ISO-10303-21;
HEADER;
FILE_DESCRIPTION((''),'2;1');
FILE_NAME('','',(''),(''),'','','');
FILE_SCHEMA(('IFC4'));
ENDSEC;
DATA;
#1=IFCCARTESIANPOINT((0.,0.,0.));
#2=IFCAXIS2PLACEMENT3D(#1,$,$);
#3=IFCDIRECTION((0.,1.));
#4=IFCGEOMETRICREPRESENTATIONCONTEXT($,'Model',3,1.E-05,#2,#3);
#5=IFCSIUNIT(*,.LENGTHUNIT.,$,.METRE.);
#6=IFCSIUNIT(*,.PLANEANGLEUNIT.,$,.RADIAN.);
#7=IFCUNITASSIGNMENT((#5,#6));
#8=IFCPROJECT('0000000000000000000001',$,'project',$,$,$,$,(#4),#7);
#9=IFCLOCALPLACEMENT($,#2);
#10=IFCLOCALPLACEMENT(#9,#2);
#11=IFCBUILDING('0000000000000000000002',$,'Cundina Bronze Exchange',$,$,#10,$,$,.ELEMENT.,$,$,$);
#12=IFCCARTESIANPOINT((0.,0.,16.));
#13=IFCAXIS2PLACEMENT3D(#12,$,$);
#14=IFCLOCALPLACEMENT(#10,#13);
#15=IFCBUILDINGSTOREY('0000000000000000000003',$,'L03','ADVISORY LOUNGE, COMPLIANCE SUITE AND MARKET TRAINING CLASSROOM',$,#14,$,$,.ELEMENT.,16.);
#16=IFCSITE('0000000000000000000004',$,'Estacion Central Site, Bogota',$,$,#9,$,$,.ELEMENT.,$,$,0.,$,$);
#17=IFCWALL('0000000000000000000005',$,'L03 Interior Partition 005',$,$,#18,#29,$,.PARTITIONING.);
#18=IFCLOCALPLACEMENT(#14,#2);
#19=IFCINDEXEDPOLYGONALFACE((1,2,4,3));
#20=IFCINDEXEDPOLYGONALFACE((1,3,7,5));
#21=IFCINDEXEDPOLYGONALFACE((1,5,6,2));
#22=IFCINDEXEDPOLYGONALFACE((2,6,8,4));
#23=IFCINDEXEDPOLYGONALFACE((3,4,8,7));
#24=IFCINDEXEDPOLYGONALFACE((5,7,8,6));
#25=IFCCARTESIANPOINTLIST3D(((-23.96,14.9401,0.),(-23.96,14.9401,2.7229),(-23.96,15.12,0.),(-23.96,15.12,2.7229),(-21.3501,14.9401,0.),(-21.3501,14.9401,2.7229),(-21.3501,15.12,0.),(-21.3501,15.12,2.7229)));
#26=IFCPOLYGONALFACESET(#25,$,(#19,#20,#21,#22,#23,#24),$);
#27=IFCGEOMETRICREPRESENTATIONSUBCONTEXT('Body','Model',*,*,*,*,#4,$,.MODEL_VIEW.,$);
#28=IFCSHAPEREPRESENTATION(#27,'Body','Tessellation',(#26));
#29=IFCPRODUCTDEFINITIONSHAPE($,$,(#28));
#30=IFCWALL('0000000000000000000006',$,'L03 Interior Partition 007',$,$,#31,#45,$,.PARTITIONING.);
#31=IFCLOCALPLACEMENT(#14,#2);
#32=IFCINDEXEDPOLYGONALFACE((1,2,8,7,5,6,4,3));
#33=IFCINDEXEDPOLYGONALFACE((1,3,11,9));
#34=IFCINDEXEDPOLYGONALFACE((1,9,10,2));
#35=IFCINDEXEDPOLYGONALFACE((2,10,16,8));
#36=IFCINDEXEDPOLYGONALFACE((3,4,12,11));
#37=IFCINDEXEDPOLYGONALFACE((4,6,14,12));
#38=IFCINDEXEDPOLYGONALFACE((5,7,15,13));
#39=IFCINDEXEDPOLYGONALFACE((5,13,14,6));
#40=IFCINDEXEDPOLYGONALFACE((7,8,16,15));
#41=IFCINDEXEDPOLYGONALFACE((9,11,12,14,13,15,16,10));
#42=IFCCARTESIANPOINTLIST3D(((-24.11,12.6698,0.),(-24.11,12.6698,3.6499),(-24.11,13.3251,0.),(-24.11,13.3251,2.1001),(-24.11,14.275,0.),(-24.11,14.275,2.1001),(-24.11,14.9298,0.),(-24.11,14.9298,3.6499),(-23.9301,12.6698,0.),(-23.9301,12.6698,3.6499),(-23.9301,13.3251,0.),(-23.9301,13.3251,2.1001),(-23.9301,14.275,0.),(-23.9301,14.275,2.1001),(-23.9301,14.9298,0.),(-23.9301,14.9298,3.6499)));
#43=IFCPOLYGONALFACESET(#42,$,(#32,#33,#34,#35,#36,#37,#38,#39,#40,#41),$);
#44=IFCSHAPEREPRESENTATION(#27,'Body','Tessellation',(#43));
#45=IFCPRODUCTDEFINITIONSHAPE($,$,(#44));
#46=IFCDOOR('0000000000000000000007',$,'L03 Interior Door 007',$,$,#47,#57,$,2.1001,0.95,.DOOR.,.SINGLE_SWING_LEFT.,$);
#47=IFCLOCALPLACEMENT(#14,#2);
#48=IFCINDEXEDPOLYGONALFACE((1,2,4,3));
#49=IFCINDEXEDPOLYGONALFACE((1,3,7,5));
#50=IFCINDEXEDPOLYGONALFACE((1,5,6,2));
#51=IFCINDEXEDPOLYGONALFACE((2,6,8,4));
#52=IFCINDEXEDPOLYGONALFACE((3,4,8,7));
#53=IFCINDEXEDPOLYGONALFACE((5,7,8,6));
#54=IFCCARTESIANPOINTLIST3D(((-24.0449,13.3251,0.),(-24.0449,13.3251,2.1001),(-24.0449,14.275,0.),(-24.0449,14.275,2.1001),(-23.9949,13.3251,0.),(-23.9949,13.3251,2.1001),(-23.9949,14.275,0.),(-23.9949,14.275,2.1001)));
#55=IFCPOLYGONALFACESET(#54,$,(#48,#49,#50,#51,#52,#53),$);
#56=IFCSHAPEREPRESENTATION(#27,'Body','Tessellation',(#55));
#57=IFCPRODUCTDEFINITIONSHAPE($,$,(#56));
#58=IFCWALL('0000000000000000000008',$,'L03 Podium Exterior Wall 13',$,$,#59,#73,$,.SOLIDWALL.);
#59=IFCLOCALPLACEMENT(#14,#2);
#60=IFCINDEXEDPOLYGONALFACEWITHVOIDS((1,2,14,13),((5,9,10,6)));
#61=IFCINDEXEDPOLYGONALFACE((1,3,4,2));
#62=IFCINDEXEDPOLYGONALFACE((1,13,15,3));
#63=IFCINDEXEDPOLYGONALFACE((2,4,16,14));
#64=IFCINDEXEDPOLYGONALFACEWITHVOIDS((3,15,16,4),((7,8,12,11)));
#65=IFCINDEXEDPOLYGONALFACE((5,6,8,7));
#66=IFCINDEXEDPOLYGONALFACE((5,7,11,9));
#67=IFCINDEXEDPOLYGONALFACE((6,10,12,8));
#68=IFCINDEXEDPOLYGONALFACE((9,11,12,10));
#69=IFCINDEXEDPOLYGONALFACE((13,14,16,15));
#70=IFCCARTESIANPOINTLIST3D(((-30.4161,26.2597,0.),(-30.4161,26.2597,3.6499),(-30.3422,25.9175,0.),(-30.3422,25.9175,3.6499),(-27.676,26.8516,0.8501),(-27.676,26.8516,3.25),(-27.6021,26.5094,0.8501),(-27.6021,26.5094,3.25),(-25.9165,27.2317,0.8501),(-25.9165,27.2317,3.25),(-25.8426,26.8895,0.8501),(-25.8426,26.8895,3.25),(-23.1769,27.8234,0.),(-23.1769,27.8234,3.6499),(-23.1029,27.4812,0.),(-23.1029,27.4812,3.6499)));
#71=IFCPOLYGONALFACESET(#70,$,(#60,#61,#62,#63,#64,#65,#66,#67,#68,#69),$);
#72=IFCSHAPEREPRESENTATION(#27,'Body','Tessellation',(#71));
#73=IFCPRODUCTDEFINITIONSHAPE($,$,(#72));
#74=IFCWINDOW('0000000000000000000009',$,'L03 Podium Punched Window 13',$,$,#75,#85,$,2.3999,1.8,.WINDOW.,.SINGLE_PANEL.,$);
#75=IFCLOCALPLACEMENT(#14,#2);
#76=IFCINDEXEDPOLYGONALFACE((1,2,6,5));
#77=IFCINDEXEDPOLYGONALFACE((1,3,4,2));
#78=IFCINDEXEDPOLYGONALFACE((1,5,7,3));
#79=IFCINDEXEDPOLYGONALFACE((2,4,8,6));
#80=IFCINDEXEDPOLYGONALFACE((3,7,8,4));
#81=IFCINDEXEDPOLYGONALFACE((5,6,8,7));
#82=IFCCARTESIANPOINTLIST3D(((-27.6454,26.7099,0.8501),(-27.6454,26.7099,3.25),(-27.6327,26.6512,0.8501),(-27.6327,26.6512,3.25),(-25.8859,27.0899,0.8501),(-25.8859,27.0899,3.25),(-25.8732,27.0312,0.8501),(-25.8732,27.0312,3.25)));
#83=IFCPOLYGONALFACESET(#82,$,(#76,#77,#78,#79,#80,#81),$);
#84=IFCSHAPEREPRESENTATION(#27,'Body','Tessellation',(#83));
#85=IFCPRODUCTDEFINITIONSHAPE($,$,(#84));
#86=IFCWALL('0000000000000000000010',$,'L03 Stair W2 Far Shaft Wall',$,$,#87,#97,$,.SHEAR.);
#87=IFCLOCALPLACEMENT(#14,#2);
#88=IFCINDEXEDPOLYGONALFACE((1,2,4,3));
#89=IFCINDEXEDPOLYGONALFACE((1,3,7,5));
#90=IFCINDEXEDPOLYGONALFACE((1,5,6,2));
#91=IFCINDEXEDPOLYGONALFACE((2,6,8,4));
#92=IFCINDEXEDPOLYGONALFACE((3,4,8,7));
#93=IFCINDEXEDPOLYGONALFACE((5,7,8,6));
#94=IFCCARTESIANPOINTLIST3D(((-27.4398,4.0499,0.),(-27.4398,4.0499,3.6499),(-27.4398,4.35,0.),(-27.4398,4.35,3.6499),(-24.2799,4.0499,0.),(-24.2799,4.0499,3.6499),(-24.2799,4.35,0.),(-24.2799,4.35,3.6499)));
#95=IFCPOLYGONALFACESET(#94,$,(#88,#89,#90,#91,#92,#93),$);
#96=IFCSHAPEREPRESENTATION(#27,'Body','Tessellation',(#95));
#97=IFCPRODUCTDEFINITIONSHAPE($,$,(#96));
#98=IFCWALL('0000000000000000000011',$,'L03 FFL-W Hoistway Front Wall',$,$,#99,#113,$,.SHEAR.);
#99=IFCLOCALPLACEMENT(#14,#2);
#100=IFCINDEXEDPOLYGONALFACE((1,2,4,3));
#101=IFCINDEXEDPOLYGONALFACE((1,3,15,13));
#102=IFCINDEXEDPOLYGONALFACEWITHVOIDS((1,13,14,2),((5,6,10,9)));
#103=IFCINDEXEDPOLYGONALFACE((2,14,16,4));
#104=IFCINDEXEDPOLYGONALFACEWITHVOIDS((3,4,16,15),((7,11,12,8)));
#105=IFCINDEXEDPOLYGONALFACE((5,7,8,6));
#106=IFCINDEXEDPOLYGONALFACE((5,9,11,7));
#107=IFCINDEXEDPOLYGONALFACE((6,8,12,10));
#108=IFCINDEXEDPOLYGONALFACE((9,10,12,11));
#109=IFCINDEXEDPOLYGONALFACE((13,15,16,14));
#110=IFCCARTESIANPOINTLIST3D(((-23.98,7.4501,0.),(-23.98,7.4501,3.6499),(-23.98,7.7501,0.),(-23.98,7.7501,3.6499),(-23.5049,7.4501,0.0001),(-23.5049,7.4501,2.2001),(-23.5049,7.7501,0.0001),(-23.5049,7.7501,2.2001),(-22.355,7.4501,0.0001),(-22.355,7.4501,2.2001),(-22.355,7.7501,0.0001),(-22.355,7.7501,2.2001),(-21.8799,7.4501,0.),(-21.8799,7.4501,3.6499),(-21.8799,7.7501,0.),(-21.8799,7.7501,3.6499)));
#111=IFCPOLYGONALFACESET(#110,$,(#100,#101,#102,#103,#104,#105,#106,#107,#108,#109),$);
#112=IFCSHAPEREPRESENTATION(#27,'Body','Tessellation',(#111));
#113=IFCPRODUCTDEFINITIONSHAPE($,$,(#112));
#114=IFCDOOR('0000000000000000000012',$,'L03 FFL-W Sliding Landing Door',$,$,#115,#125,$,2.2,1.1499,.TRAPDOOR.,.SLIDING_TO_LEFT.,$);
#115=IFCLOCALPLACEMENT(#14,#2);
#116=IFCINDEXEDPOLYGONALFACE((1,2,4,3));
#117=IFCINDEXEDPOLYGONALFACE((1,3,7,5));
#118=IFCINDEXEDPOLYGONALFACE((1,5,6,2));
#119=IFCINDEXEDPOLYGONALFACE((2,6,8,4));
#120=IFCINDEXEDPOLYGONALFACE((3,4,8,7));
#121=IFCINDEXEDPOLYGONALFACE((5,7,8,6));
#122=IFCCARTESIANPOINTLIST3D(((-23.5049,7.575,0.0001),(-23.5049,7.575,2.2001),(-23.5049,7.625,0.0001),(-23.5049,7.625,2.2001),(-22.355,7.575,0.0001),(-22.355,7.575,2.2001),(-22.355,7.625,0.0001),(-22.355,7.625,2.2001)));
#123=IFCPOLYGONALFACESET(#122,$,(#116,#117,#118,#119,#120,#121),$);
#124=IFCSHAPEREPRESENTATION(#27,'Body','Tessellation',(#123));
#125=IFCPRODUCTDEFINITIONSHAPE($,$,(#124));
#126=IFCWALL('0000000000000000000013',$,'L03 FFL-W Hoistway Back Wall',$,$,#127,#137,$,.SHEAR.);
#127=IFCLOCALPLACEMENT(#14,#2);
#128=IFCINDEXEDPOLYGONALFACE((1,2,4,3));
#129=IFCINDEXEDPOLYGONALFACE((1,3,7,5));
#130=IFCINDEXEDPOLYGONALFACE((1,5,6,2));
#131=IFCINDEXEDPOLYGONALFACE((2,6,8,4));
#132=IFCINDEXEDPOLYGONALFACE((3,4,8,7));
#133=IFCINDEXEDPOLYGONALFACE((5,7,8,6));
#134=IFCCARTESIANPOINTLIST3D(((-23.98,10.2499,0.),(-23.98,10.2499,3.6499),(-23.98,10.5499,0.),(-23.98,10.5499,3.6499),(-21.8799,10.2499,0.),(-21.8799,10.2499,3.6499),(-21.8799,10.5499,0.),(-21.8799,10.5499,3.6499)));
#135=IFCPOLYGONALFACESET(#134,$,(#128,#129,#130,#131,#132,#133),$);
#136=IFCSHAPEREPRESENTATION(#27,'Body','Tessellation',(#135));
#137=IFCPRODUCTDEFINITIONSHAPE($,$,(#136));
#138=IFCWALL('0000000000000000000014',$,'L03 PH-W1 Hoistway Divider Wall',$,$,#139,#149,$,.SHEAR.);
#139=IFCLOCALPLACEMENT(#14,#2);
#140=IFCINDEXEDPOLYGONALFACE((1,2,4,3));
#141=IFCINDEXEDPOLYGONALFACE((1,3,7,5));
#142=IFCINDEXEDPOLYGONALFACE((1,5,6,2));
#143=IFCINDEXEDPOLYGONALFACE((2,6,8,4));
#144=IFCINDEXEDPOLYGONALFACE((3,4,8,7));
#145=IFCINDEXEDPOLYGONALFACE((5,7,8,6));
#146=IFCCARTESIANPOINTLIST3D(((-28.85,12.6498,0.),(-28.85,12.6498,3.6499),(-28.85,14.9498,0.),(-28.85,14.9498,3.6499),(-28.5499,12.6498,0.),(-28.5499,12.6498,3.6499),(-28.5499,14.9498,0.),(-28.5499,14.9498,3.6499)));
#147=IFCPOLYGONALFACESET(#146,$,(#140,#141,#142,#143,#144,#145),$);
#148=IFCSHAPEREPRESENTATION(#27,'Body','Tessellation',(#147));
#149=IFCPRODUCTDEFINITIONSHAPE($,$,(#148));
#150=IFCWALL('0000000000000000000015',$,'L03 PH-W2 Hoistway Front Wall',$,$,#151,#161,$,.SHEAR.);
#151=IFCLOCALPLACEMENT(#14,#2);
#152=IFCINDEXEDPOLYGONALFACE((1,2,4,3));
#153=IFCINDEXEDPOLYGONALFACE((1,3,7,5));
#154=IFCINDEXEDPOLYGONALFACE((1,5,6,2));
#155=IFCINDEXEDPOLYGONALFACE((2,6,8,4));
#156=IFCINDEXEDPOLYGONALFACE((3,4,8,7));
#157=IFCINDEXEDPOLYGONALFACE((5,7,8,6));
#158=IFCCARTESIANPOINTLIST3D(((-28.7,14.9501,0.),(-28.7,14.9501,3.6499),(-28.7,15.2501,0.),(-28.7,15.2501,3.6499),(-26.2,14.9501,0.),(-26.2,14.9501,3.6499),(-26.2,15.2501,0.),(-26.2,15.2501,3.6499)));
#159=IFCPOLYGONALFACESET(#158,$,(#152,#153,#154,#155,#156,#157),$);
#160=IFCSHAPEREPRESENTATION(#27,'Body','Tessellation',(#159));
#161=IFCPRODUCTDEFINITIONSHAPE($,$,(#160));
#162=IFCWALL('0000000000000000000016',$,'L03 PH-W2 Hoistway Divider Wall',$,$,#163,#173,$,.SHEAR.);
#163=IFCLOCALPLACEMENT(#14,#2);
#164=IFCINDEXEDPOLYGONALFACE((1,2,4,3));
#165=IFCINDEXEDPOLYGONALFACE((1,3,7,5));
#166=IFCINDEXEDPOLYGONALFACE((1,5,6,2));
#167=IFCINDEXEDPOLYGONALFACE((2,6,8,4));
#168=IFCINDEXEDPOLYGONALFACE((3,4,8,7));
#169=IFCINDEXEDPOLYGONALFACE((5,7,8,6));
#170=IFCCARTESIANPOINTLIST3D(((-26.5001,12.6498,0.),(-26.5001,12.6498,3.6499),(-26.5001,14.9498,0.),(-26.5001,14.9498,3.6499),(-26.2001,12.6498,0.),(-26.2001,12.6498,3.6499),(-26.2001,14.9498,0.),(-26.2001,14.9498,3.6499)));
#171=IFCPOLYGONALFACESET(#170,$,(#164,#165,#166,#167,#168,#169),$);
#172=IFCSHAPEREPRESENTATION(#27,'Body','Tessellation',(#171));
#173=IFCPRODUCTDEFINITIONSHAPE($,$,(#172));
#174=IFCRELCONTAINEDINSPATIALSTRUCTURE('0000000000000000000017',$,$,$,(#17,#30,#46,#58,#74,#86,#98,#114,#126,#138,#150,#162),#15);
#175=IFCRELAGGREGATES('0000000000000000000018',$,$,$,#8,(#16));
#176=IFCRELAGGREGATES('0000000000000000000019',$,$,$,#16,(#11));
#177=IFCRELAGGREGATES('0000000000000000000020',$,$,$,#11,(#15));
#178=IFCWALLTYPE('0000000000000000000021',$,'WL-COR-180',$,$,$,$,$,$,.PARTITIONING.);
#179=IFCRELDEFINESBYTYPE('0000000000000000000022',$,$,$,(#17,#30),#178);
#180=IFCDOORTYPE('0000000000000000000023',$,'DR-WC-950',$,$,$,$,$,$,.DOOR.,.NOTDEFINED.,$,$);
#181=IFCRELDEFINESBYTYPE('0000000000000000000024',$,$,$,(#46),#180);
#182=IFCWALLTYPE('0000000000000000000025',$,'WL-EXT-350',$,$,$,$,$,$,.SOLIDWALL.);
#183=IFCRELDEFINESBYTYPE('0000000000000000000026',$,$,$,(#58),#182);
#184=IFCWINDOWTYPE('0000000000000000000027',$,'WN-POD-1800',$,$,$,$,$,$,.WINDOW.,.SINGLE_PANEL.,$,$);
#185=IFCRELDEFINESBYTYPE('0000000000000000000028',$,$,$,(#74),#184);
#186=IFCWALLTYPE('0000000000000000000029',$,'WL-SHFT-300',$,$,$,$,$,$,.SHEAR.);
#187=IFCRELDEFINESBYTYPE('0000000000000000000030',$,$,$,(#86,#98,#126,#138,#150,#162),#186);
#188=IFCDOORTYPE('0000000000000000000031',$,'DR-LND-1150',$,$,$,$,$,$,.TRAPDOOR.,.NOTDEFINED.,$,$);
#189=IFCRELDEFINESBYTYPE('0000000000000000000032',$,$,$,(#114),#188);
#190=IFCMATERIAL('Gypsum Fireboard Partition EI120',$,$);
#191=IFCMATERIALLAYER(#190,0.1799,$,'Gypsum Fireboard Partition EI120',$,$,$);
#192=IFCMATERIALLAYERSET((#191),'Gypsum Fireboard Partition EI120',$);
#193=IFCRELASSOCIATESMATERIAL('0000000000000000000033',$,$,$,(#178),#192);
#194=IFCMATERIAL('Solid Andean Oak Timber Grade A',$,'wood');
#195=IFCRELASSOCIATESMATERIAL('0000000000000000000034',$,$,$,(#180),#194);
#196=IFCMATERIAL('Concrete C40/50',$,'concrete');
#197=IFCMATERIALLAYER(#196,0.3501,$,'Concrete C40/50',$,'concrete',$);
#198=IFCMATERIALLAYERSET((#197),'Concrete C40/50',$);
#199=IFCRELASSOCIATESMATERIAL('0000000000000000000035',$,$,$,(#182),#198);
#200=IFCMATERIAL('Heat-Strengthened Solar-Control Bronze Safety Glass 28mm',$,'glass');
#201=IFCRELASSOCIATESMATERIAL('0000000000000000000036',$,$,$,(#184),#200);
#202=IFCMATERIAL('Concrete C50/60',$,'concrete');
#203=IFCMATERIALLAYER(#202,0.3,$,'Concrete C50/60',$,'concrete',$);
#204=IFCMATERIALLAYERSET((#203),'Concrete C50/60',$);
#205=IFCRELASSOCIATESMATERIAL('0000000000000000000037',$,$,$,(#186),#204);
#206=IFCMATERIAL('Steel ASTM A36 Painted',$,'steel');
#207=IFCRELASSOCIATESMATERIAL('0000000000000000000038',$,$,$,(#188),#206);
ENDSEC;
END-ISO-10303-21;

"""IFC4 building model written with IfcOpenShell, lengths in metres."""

from ifc_helpers import new_model, si_unit, direction, frame, frame_2d, origin, place, context, subcontext, project, spatial, rectangle, extrude, material, layer, layer_set, type_object, element, fill, save


model = new_model("IFC4")

# Units and contexts
model_context = context("Model", 3, precision=1e-05, world=origin(), true_north=direction((0.0, 1.0)))
body_context = subcontext(model_context, "Body", "Model", "MODEL_VIEW")
ifc_project = project(units=[si_unit("LENGTHUNIT", "METRE"), si_unit("PLANEANGLEUNIT", "RADIAN")], contexts=[model_context])

# Site, building, storey
site_placement = place(None, origin())
site = spatial("IfcSite", under=ifc_project, at=site_placement, Name="Estacion Central Site, Bogota", CompositionType="ELEMENT", RefElevation=0.0)
building_placement = place(site_placement, origin())
building = spatial("IfcBuilding", under=site, at=building_placement, Name="Cundina Bronze Exchange", CompositionType="ELEMENT")
storey_placement = place(building_placement, frame((0.0, 0.0, 16.0)))
storey = spatial("IfcBuildingStorey", under=building, at=storey_placement, Name="L03", Description="ADVISORY LOUNGE, COMPLIANCE SUITE AND MARKET TRAINING CLASSROOM", CompositionType="ELEMENT", Elevation=16.0)

# Wall
ifc_material_1 = material(Name="Gypsum Fireboard Partition EI120")
ifc_layer_1 = layer(ifc_material_1, 0.1799, Name="Gypsum Fireboard Partition EI120")
ifc_layer_set_1 = layer_set([ifc_layer_1], Name="Gypsum Fireboard Partition EI120")
wall_type_1 = type_object("IfcWallType", Name="WL-COR-180", PredefinedType="PARTITIONING", material=ifc_layer_set_1)
wall_1_placement = place(storey_placement, frame((-23.96, 15.03, 0.0), z_axis=(0.0, 0.0, 1.0), x_axis=(1.0, 0.0, 0.0)))
element("IfcWall", 1, at=wall_1_placement, inside=storey, type_object=wall_type_1, Name="L03 Interior Partition 005", PredefinedType="PARTITIONING", context=body_context, shape_type="SweptSolid", body=[
    extrude(rectangle(XDim=2.6099, YDim=0.1799, at=frame_2d((1.3049, 0.0))), origin(), (0.0, 0.0, 1.0), 2.7229),
])

# Wall, opening, door
wall_2_placement = place(storey_placement, frame((-24.02, 12.6699, 0.0), z_axis=(0.0, 0.0, 1.0), x_axis=(0.0, 1.0, 0.0)))
wall_2 = element("IfcWall", 2, at=wall_2_placement, inside=storey, type_object=wall_type_1, Name="L03 Interior Partition 007", PredefinedType="PARTITIONING", context=body_context, shape_type="SweptSolid", body=[
    extrude(rectangle(XDim=2.26, YDim=0.1799, at=frame_2d((1.1299, 0.0))), origin(), (0.0, 0.0, 1.0), 3.6499),
])
opening_1_placement = place(wall_2_placement, frame((0.655, 0.0, 0.0)))
opening_1 = element("IfcOpeningElement", 3, at=opening_1_placement, cuts=wall_2, PredefinedType="OPENING", context=body_context, shape_type="SweptSolid", body=[
    extrude(rectangle(XDim=0.95, YDim=2.1001, at=frame_2d((0.4751, 1.05))), frame((0.0, 0.0999, 0.0), z_axis=(0.0, -1.0, 0.0), x_axis=(1.0, 0.0, 0.0)), (0.0, 0.0, 1.0), 0.2),
])
ifc_material_2 = material(Name="Solid Andean Oak Timber Grade A", Category="wood")
door_type_1 = type_object("IfcDoorType", Name="DR-WC-950", OperationType="NOTDEFINED", PredefinedType="DOOR", material=ifc_material_2)
door_1_placement = place(opening_1_placement, origin())
door_1 = element("IfcDoor", 4, at=door_1_placement, inside=storey, type_object=door_type_1, Name="L03 Interior Door 007", OperationType="SINGLE_SWING_LEFT", OverallHeight=2.1001, OverallWidth=0.95, PredefinedType="DOOR", context=body_context, shape_type="SweptSolid", body=[
    extrude(rectangle(XDim=0.95, YDim=2.1001, at=frame_2d((0.4751, 1.05))), frame((0.0, 0.0249, 0.0), z_axis=(0.0, -1.0, 0.0), x_axis=(1.0, 0.0, 0.0)), (0.0, 0.0, 1.0), 0.05),
])
fill(opening_1, door_1)

# Wall, opening, window
ifc_material_3 = material(Name="Concrete C40/50", Category="concrete")
ifc_layer_2 = layer(ifc_material_3, 0.3501, Name="Concrete C40/50", Category="concrete")
ifc_layer_set_2 = layer_set([ifc_layer_2], Name="Concrete C40/50")
wall_type_2 = type_object("IfcWallType", Name="WL-EXT-350", PredefinedType="SOLIDWALL", material=ifc_layer_set_2)
wall_3_placement = place(storey_placement, frame((-23.1399, 27.6523, 0.0), z_axis=(0.0, 0.0, 1.0), x_axis=(-0.977457, -0.211136, 0.0)))
wall_3 = element("IfcWall", 5, at=wall_3_placement, inside=storey, type_object=wall_type_2, Name="L03 Podium Exterior Wall 13", PredefinedType="SOLIDWALL", context=body_context, shape_type="SweptSolid", body=[
    extrude(rectangle(XDim=7.4062, YDim=0.3501, at=frame_2d((3.7031, 0.0))), origin(), (0.0, 0.0, 1.0), 3.6499),
])
opening_2_placement = place(wall_3_placement, frame((2.803, 0.0, 0.8501)))
opening_2 = element("IfcOpeningElement", 6, at=opening_2_placement, cuts=wall_3, PredefinedType="OPENING", context=body_context, shape_type="SweptSolid", body=[
    extrude(rectangle(XDim=1.8, YDim=2.3999, at=frame_2d((0.8999, 1.2))), frame((0.0, 0.1851, 0.0), z_axis=(0.0, -1.0, 0.0), x_axis=(1.0, 0.0, 0.0)), (0.0, 0.0, 1.0), 0.3701),
])
ifc_material_4 = material(Name="Heat-Strengthened Solar-Control Bronze Safety Glass 28mm", Category="glass")
window_type = type_object("IfcWindowType", Name="WN-POD-1800", PartitioningType="SINGLE_PANEL", PredefinedType="WINDOW", material=ifc_material_4)
window_placement = place(opening_2_placement, origin())
window = element("IfcWindow", 7, at=window_placement, inside=storey, type_object=window_type, Name="L03 Podium Punched Window 13", OverallHeight=2.3999, OverallWidth=1.8, PartitioningType="SINGLE_PANEL", PredefinedType="WINDOW", context=body_context, shape_type="SweptSolid", body=[
    extrude(rectangle(XDim=1.8, YDim=2.3999, at=frame_2d((0.8999, 1.2))), frame((0.0, 0.03, 0.0), z_axis=(0.0, -1.0, 0.0), x_axis=(1.0, 0.0, 0.0)), (0.0, 0.0, 1.0), 0.0601),
])
fill(opening_2, window)

# Shared definitions
ifc_material_5 = material(Name="Concrete C50/60", Category="concrete")
ifc_layer_3 = layer(ifc_material_5, 0.3, Name="Concrete C50/60", Category="concrete")
ifc_layer_set_3 = layer_set([ifc_layer_3], Name="Concrete C50/60")
wall_type_3 = type_object("IfcWallType", Name="WL-SHFT-300", PredefinedType="SHEAR", material=ifc_layer_set_3)
ifc_material_6 = material(Name="Steel ASTM A36 Painted", Category="steel")

# Wall
wall_4_placement = place(storey_placement, frame((-27.4399, 4.2, 0.0), z_axis=(0.0, 0.0, 1.0), x_axis=(1.0, 0.0, 0.0)))
element("IfcWall", 8, at=wall_4_placement, inside=storey, type_object=wall_type_3, Name="L03 Stair W2 Far Shaft Wall", PredefinedType="SHEAR", context=body_context, shape_type="SweptSolid", body=[
    extrude(rectangle(XDim=3.1599, YDim=0.3, at=frame_2d((1.5801, 0.0))), origin(), (0.0, 0.0, 1.0), 3.6499),
])

# Wall, opening, door
wall_5_placement = place(storey_placement, frame((-23.98, 7.6001, 0.0), z_axis=(0.0, 0.0, 1.0), x_axis=(1.0, 0.0, 0.0)))
wall_5 = element("IfcWall", 9, at=wall_5_placement, inside=storey, type_object=wall_type_3, Name="L03 FFL-W Hoistway Front Wall", PredefinedType="SHEAR", context=body_context, shape_type="SweptSolid", body=[
    extrude(rectangle(XDim=2.1001, YDim=0.3, at=frame_2d((1.05, 0.0))), origin(), (0.0, 0.0, 1.0), 3.6499),
])
opening_3_placement = place(wall_5_placement, frame((0.4751, 0.0, 0.0)))
opening_3 = element("IfcOpeningElement", 10, at=opening_3_placement, cuts=wall_5, PredefinedType="OPENING", context=body_context, shape_type="SweptSolid", body=[
    extrude(rectangle(XDim=1.1499, YDim=2.2, at=frame_2d((0.575, 1.1001))), frame((0.0, 0.1599, 0.0), z_axis=(0.0, -1.0, 0.0), x_axis=(1.0, 0.0, 0.0)), (0.0, 0.0, 1.0), 0.3201),
])
door_type_2 = type_object("IfcDoorType", Name="DR-LND-1150", OperationType="NOTDEFINED", PredefinedType="TRAPDOOR", material=ifc_material_6)
door_2_placement = place(opening_3_placement, origin())
door_2 = element("IfcDoor", 11, at=door_2_placement, inside=storey, type_object=door_type_2, Name="L03 FFL-W Sliding Landing Door", OperationType="SLIDING_TO_LEFT", OverallHeight=2.2, OverallWidth=1.1499, PredefinedType="TRAPDOOR", context=body_context, shape_type="SweptSolid", body=[
    extrude(rectangle(XDim=1.1499, YDim=2.2, at=frame_2d((0.575, 1.1001))), frame((0.0, 0.0249, 0.0), z_axis=(0.0, -1.0, 0.0), x_axis=(1.0, 0.0, 0.0)), (0.0, 0.0, 1.0), 0.05),
])
fill(opening_3, door_2)

# Walls
wall_6_placement = place(storey_placement, frame((-23.98, 10.3999, 0.0), z_axis=(0.0, 0.0, 1.0), x_axis=(1.0, 0.0, 0.0)))
element("IfcWall", 12, at=wall_6_placement, inside=storey, type_object=wall_type_3, Name="L03 FFL-W Hoistway Back Wall", PredefinedType="SHEAR", context=body_context, shape_type="SweptSolid", body=[
    extrude(rectangle(XDim=2.1001, YDim=0.3, at=frame_2d((1.05, 0.0))), origin(), (0.0, 0.0, 1.0), 3.6499),
])
wall_7_placement = place(storey_placement, frame((-28.7, 12.6499, 0.0), z_axis=(0.0, 0.0, 1.0), x_axis=(0.0, 1.0, 0.0)))
element("IfcWall", 13, at=wall_7_placement, inside=storey, type_object=wall_type_3, Name="L03 PH-W1 Hoistway Divider Wall", PredefinedType="SHEAR", context=body_context, shape_type="SweptSolid", body=[
    extrude(rectangle(XDim=2.3, YDim=0.3, at=frame_2d((1.1499, 0.0))), origin(), (0.0, 0.0, 1.0), 3.6499),
])
wall_8_placement = place(storey_placement, frame((-28.7, 15.1001, 0.0), z_axis=(0.0, 0.0, 1.0), x_axis=(1.0, 0.0, 0.0)))
element("IfcWall", 14, at=wall_8_placement, inside=storey, type_object=wall_type_3, Name="L03 PH-W2 Hoistway Front Wall", PredefinedType="SHEAR", context=body_context, shape_type="SweptSolid", body=[
    extrude(rectangle(XDim=2.5, YDim=0.3, at=frame_2d((1.25, 0.0))), origin(), (0.0, 0.0, 1.0), 3.6499),
])
wall_9_placement = place(storey_placement, frame((-26.3501, 12.6499, 0.0), z_axis=(0.0, 0.0, 1.0), x_axis=(0.0, 1.0, 0.0)))
element("IfcWall", 15, at=wall_9_placement, inside=storey, type_object=wall_type_3, Name="L03 PH-W2 Hoistway Divider Wall", PredefinedType="SHEAR", context=body_context, shape_type="SweptSolid", body=[
    extrude(rectangle(XDim=2.3, YDim=0.3, at=frame_2d((1.1499, 0.0))), origin(), (0.0, 0.0, 1.0), 3.6499),
])

save(model, "model.ifc")
